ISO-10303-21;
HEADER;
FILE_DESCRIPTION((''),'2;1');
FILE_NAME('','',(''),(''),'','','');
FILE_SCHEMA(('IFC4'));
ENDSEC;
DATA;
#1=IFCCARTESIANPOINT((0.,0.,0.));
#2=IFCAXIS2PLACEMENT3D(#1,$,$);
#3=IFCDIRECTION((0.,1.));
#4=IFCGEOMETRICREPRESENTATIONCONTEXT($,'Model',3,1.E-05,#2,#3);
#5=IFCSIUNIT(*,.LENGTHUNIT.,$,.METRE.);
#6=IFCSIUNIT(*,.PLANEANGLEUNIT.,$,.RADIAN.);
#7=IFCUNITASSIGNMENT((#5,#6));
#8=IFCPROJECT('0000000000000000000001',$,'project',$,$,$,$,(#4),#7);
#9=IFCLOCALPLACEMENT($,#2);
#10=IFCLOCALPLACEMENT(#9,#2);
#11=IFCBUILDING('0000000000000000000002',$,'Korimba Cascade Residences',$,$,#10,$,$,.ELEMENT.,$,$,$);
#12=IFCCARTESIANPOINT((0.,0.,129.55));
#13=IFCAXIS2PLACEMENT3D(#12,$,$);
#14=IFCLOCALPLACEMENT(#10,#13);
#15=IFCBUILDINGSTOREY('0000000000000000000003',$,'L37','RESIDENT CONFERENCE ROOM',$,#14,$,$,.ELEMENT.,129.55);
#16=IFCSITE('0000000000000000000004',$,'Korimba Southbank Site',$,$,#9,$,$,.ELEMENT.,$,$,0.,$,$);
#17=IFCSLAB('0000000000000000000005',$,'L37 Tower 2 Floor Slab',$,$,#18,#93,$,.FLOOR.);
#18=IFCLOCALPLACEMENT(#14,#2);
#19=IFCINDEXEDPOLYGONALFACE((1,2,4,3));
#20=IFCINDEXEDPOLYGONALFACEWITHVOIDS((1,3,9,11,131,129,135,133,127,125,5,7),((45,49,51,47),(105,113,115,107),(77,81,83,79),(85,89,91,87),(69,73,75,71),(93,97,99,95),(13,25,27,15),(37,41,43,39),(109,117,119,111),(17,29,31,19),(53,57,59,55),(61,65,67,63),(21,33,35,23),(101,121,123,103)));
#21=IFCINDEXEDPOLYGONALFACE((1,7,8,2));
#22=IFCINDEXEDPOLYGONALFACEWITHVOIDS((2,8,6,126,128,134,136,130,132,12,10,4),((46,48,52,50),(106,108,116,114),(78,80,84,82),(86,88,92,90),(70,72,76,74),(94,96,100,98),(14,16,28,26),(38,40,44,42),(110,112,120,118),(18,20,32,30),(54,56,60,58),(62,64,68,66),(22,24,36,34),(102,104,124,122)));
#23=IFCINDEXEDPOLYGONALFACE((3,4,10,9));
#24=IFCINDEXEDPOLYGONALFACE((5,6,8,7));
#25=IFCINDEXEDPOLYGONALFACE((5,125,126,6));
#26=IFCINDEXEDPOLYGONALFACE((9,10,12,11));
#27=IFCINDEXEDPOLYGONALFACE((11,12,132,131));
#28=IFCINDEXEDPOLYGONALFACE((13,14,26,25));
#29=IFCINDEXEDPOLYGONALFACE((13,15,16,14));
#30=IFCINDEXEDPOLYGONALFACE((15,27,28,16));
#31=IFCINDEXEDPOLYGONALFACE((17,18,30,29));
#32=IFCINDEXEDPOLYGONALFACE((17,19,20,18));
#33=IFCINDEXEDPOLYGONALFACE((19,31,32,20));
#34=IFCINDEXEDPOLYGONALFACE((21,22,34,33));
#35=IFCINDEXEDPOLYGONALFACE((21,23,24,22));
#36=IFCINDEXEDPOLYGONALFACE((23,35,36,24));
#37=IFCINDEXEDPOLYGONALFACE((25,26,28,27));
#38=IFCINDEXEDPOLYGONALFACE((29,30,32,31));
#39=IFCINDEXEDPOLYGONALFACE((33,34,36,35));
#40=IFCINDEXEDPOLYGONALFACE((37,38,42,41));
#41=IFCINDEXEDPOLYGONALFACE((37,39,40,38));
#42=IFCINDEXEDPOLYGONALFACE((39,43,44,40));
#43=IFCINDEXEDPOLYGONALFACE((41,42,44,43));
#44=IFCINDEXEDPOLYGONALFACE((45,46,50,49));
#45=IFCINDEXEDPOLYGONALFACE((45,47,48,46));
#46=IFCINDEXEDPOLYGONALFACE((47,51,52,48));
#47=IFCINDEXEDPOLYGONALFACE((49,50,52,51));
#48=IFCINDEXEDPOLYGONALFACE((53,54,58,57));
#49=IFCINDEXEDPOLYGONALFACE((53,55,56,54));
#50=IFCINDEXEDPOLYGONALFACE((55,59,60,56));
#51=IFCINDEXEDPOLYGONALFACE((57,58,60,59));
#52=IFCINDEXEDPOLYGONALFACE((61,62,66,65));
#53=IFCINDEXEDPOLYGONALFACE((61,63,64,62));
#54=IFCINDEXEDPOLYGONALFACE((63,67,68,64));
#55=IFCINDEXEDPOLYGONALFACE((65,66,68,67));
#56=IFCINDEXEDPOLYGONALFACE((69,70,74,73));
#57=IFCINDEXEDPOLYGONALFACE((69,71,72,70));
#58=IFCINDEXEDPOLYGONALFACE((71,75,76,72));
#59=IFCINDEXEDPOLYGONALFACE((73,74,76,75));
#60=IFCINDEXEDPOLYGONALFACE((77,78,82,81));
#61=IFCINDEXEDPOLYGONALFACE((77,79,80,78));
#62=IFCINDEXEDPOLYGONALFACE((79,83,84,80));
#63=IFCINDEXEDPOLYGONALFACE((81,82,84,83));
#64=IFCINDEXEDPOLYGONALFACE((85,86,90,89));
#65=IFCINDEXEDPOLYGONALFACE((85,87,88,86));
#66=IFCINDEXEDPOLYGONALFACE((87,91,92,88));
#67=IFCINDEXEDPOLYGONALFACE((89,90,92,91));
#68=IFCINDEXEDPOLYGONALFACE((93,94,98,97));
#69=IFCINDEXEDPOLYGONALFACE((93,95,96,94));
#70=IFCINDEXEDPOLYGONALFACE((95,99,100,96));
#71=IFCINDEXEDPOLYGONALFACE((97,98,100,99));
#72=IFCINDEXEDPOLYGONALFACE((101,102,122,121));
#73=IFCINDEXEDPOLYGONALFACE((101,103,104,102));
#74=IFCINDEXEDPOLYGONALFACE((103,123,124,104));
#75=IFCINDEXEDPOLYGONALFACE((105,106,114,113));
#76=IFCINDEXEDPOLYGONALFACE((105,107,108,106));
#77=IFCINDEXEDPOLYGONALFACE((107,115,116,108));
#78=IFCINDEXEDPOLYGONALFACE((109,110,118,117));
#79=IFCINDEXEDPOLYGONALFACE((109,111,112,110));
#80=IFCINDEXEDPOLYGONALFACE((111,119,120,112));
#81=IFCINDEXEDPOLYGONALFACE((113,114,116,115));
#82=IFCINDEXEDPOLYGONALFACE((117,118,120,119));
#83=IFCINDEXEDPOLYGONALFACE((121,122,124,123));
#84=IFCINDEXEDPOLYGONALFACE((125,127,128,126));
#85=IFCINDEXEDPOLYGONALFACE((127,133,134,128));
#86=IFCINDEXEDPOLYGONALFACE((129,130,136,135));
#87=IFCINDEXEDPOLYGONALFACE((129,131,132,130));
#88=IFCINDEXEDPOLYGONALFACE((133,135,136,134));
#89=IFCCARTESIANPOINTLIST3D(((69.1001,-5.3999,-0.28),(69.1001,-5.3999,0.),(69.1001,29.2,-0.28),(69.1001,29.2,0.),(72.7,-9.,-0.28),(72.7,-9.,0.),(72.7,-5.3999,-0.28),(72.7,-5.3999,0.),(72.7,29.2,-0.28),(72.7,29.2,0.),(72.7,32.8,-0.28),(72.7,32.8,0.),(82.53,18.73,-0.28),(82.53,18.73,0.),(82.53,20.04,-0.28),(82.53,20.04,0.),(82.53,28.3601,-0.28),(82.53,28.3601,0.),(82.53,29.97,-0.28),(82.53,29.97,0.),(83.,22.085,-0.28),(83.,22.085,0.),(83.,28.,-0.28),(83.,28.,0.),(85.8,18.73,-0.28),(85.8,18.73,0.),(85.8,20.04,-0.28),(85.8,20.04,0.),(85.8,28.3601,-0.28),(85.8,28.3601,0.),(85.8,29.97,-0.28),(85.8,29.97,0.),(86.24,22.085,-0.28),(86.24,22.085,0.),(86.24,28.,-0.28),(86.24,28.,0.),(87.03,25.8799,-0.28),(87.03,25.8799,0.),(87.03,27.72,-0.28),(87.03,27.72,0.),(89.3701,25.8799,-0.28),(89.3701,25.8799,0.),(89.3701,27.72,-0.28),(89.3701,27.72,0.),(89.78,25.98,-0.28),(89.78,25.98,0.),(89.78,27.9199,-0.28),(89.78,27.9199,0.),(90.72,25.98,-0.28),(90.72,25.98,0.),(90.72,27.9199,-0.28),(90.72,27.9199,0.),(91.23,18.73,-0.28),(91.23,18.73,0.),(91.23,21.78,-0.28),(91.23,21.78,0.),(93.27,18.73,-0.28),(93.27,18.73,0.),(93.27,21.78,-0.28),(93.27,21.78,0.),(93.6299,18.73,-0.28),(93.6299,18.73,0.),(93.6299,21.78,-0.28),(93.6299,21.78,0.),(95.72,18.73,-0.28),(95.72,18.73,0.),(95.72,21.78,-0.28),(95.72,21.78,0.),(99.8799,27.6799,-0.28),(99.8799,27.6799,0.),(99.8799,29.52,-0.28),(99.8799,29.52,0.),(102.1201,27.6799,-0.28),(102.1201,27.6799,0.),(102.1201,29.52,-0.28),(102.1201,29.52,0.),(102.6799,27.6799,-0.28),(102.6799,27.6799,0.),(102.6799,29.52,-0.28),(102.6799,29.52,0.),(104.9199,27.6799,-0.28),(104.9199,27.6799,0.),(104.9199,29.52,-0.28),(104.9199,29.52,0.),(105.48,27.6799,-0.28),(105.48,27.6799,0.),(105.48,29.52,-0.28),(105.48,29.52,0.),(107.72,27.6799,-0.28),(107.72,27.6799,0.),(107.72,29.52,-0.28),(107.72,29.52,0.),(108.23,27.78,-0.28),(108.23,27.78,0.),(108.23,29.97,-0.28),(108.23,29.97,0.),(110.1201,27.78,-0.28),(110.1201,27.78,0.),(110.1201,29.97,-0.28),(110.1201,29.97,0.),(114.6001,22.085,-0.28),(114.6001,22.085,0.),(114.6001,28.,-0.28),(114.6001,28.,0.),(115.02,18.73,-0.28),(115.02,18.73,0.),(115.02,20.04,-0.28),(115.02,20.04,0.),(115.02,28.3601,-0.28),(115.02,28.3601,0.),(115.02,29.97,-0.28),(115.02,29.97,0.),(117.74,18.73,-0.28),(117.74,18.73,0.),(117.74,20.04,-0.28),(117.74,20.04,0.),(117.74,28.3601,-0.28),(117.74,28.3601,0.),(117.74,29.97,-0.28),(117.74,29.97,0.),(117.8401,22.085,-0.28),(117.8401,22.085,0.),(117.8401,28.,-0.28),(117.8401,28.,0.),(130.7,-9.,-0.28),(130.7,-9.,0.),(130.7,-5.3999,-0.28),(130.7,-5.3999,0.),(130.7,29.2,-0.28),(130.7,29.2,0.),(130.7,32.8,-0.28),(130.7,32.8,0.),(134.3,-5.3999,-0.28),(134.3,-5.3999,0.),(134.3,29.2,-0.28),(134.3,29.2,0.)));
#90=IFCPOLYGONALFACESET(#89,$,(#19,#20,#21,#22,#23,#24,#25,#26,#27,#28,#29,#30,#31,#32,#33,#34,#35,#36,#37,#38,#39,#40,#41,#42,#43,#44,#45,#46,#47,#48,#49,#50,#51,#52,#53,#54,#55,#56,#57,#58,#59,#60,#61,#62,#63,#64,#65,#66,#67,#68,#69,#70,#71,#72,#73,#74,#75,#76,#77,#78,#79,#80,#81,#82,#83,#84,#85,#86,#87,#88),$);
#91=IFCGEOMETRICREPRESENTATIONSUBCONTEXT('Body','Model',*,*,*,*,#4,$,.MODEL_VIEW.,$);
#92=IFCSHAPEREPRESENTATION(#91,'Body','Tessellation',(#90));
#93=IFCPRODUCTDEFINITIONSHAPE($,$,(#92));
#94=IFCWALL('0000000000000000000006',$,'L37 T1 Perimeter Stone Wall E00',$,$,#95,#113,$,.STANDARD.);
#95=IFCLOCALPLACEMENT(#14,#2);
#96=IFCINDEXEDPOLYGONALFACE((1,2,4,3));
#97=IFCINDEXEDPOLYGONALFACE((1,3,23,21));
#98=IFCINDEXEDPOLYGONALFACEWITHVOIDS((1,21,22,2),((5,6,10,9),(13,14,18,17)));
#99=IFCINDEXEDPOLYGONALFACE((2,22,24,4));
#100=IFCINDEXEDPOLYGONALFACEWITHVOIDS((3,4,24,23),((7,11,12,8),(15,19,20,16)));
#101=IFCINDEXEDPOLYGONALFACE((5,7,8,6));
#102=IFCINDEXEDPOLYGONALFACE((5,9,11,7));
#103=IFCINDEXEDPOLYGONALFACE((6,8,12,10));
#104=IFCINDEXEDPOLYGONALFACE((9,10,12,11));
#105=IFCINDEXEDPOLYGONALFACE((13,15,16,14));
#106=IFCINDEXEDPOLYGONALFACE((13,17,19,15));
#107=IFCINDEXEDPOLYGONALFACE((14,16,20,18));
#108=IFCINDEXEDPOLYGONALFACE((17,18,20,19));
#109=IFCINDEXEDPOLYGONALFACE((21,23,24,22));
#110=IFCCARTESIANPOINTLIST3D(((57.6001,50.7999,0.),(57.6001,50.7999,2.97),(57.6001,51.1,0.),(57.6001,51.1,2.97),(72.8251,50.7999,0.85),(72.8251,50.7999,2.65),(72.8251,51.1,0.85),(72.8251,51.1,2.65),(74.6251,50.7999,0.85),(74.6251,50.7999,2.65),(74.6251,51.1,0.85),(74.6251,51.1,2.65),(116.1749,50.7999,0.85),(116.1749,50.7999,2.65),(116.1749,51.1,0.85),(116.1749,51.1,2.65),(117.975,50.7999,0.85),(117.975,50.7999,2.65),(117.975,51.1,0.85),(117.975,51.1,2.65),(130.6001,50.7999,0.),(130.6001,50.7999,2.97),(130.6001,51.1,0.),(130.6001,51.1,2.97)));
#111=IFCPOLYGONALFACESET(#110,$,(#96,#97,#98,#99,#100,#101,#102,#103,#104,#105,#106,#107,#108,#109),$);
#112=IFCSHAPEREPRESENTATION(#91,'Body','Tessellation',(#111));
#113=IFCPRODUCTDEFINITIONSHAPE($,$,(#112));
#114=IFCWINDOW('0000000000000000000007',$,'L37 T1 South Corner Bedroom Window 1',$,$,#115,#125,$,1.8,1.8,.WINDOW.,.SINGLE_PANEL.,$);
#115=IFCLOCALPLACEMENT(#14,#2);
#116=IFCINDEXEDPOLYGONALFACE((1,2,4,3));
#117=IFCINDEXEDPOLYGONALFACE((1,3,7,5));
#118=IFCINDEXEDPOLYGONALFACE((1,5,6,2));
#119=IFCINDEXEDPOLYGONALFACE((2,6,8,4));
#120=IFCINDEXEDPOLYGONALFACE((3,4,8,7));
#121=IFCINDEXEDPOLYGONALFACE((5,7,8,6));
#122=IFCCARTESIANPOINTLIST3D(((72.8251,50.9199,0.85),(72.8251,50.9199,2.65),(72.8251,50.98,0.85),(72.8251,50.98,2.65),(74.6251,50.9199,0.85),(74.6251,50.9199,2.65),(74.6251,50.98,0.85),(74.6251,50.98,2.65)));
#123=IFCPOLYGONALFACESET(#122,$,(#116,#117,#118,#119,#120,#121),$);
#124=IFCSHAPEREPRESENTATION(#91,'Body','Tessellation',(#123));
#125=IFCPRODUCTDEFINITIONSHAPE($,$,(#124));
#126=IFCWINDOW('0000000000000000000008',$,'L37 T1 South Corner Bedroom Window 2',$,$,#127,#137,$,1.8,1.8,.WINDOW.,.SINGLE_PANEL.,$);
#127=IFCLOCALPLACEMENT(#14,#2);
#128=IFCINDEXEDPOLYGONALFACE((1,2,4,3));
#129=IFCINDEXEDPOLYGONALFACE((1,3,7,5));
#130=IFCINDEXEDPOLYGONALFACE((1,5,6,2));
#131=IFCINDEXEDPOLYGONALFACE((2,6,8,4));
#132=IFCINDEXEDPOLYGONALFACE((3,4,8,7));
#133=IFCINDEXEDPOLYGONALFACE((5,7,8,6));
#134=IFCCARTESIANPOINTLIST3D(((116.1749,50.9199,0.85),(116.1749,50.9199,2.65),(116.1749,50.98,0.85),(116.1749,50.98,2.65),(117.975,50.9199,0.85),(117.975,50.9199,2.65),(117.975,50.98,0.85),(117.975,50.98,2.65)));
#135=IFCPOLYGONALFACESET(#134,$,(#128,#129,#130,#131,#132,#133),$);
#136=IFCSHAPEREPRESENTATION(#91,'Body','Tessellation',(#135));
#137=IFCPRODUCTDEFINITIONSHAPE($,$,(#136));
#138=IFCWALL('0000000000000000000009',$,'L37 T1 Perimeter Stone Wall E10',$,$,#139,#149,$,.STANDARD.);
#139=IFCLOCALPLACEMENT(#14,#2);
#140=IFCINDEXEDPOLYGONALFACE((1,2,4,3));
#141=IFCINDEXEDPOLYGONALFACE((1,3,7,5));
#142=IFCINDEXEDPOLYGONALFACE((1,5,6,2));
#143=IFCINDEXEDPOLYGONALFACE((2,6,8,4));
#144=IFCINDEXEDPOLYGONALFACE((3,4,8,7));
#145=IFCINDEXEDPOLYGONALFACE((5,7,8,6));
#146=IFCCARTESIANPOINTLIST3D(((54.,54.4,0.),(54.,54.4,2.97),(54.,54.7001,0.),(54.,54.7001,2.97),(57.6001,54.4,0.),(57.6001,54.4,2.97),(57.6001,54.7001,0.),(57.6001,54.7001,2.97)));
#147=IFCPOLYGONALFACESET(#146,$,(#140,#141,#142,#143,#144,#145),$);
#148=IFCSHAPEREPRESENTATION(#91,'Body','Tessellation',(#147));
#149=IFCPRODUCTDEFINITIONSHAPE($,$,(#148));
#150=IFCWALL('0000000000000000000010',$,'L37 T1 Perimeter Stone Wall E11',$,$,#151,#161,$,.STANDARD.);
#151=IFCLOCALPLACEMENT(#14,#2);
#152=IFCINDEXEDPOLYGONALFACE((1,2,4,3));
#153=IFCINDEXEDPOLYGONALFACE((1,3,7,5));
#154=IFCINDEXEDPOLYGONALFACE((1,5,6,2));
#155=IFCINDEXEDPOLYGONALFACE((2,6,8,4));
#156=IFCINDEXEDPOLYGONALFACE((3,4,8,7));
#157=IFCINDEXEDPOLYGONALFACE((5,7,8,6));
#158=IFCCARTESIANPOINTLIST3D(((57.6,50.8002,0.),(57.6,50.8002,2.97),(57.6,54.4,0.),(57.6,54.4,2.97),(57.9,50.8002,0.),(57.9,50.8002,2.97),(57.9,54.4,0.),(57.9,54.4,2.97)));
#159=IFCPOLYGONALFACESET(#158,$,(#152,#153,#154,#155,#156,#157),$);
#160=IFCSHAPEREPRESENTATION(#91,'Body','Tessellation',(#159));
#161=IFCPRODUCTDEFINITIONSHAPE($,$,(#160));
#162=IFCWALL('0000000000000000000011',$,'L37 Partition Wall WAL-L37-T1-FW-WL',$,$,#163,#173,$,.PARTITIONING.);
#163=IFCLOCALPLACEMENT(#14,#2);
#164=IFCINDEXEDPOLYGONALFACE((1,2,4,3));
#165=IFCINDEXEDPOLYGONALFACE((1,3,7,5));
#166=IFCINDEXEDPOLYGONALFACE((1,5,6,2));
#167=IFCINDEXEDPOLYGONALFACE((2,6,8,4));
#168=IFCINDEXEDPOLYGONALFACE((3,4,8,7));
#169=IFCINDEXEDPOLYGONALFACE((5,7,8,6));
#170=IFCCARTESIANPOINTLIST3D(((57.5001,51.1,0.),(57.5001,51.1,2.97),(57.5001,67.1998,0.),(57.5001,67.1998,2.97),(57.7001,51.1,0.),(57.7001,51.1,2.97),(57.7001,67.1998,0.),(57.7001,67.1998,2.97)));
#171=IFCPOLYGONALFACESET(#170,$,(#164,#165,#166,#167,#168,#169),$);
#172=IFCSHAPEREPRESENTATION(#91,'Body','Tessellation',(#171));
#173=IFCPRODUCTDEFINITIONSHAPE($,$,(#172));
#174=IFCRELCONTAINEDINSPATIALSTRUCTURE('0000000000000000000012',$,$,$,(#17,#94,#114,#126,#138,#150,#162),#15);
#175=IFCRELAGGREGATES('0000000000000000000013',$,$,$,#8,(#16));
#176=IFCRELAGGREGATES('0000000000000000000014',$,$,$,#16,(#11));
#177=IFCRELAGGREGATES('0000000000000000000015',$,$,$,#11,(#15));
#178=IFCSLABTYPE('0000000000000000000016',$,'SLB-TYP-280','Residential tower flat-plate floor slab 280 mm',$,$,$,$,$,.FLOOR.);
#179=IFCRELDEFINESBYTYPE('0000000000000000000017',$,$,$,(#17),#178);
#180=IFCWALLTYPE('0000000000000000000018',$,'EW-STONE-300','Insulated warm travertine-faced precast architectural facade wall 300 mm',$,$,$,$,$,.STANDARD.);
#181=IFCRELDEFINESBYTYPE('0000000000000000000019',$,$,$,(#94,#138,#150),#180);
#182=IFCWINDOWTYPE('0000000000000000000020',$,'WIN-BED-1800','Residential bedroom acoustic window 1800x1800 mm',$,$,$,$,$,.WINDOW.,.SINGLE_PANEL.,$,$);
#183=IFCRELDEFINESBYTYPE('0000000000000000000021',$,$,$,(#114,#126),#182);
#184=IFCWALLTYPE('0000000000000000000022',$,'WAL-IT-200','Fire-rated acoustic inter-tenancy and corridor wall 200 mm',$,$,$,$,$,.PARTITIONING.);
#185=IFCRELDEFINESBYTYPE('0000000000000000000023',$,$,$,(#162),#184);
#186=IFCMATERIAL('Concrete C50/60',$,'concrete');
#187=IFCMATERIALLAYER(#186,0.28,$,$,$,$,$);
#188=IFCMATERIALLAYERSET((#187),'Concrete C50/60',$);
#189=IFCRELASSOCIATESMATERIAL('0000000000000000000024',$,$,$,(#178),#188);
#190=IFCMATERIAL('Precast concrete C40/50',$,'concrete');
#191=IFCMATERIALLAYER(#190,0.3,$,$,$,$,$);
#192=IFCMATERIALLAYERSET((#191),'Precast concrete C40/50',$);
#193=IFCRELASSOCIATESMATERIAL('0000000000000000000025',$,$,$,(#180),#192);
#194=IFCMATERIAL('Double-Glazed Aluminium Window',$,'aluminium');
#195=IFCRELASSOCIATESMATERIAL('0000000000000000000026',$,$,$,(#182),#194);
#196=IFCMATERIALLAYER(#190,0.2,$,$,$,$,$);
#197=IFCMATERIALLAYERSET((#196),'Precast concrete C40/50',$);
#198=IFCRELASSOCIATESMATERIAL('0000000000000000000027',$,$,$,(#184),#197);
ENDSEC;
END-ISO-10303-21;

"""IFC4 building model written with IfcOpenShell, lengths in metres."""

from ifc_helpers import new_model, si_unit, direction, frame, frame_2d, origin, place, context, subcontext, project, spatial, polyline, rectangle, outline, extrude, material, layer, layer_set, type_object, element, fill, save


model = new_model("IFC4")

# Units and contexts
model_context = context("Model", 3, precision=1e-05, world=origin(), true_north=direction((0.0, 1.0)))
body_context = subcontext(model_context, "Body", "Model", "MODEL_VIEW")
ifc_project = project(units=[si_unit("LENGTHUNIT", "METRE"), si_unit("PLANEANGLEUNIT", "RADIAN")], contexts=[model_context])

# Site, building, storey
site_placement = place(None, origin())
site = spatial("IfcSite", under=ifc_project, at=site_placement, Name="Korimba Southbank Site", CompositionType="ELEMENT", RefElevation=0.0)
building_placement = place(site_placement, origin())
building = spatial("IfcBuilding", under=site, at=building_placement, Name="Korimba Cascade Residences", CompositionType="ELEMENT")
storey_placement = place(building_placement, frame((0.0, 0.0, 129.55)))
storey = spatial("IfcBuildingStorey", under=building, at=storey_placement, Name="L37", Description="RESIDENT CONFERENCE ROOM", CompositionType="ELEMENT", Elevation=129.55)

# Shared definitions
ifc_material_1 = material(Name="Concrete C50/60", Category="concrete")

# Slab
ifc_material_2 = material(Name="Precast concrete C40/50", Category="concrete")
ifc_layer_1 = layer(ifc_material_1, 0.28)
ifc_layer_set_1 = layer_set([ifc_layer_1], Name="Concrete C50/60")
slab_type_1 = type_object("IfcSlabType", Name="SLB-TYP-280", Description="Residential tower flat-plate floor slab 280 mm", PredefinedType="FLOOR", material=ifc_layer_set_1)
slab_1_placement = place(storey_placement, frame((0.0, 0.0, -0.28)))
element("IfcSlab", 1, at=slab_1_placement, inside=storey, type_object=slab_type_1, Name="L37 Tower 2 Floor Slab", PredefinedType="FLOOR", context=body_context, shape_type="SweptSolid", body=[
    extrude(outline(polyline([(72.7, -9.0), (130.7, -9.0), (130.7, -5.3999), (134.3, -5.3999), (134.3, 29.2), (130.7, 29.2), (130.7, 32.8), (72.7, 32.8), (72.7, 29.2), (69.1001, 29.2), (69.1001, -5.3999), (72.7, -5.3999), (72.7, -9.0)]), holes=[polyline([(86.24, 22.085), (86.24, 28.0), (83.0, 28.0), (83.0, 22.085), (86.24, 22.085)]), polyline([(117.8401, 22.085), (117.8401, 28.0), (114.6001, 28.0), (114.6001, 22.085), (117.8401, 22.085)]), polyline([(87.03, 25.8799), (89.3701, 25.8799), (89.3701, 27.72), (87.03, 27.72), (87.03, 25.8799)]), polyline([(99.8799, 27.6799), (102.1201, 27.6799), (102.1201, 29.52), (99.8799, 29.52), (99.8799, 27.6799)]), polyline([(102.6799, 27.6799), (104.9199, 27.6799), (104.9199, 29.52), (102.6799, 29.52), (102.6799, 27.6799)]), polyline([(105.48, 27.6799), (107.72, 27.6799), (107.72, 29.52), (105.48, 29.52), (105.48, 27.6799)]), polyline([(89.78, 25.98), (90.72, 25.98), (90.72, 27.9199), (89.78, 27.9199), (89.78, 25.98)]), polyline([(82.53, 18.73), (85.8, 18.73), (85.8, 20.04), (82.53, 20.04), (82.53, 18.73)]), polyline([(82.53, 28.3601), (85.8, 28.3601), (85.8, 29.97), (82.53, 29.97), (82.53, 28.3601)]), polyline([(108.23, 27.78), (110.1201, 27.78), (110.1201, 29.97), (108.23, 29.97), (108.23, 27.78)]), polyline([(91.23, 18.73), (93.27, 18.73), (93.27, 21.78), (91.23, 21.78), (91.23, 18.73)]), polyline([(93.6299, 18.73), (95.72, 18.73), (95.72, 21.78), (93.6299, 21.78), (93.6299, 18.73)]), polyline([(115.02, 18.73), (117.74, 18.73), (117.74, 20.04), (115.02, 20.04), (115.02, 18.73)]), polyline([(115.02, 28.3601), (117.74, 28.3601), (117.74, 29.97), (115.02, 29.97), (115.02, 28.3601)])]), origin(), (0.0, 0.0, 1.0), 0.28),
])

# Wall, openings, windows
ifc_layer_2 = layer(ifc_material_2, 0.3)
ifc_layer_set_2 = layer_set([ifc_layer_2], Name="Precast concrete C40/50")
wall_type_1 = type_object("IfcWallType", Name="EW-STONE-300", Description="Insulated warm travertine-faced precast architectural facade wall 300 mm", PredefinedType="STANDARD", material=ifc_layer_set_2)
wall_1_placement = place(storey_placement, frame((57.6001, 50.95, 0.0), z_axis=(0.0, 0.0, 1.0), x_axis=(1.0, 0.0, 0.0)))
wall_1 = element("IfcWall", 2, at=wall_1_placement, inside=storey, type_object=wall_type_1, Name="L37 T1 Perimeter Stone Wall E00", PredefinedType="STANDARD", context=body_context, shape_type="SweptSolid", body=[
    extrude(rectangle(XDim=73.0, YDim=0.3, at=frame_2d((36.5, 0.0))), origin(), (0.0, 0.0, 1.0), 2.97),
])
opening_1_placement = place(wall_1_placement, frame((15.2251, 0.0, 0.8501)))
opening_1 = element("IfcOpeningElement", 3, at=opening_1_placement, cuts=wall_1, PredefinedType="OPENING", context=body_context, shape_type="SweptSolid", body=[
    extrude(rectangle(XDim=1.8, YDim=1.8, at=frame_2d((0.8999, 0.8999))), frame((0.0, 0.1602, 0.0), z_axis=(0.0, -1.0, 0.0), x_axis=(1.0, 0.0, 0.0)), (0.0, 0.0, 1.0), 0.3201),
])
opening_2_placement = place(wall_1_placement, frame((58.575, 0.0, 0.8501)))
opening_2 = element("IfcOpeningElement", 4, at=opening_2_placement, cuts=wall_1, PredefinedType="OPENING", context=body_context, shape_type="SweptSolid", body=[
    extrude(rectangle(XDim=1.8, YDim=1.8, at=frame_2d((0.8999, 0.8999))), frame((0.0, 0.1602, 0.0), z_axis=(0.0, -1.0, 0.0), x_axis=(1.0, 0.0, 0.0)), (0.0, 0.0, 1.0), 0.3201),
])
ifc_material_3 = material(Name="Double-Glazed Aluminium Window", Category="aluminium")
window_type = type_object("IfcWindowType", Name="WIN-BED-1800", Description="Residential bedroom acoustic window 1800x1800 mm", PartitioningType="SINGLE_PANEL", PredefinedType="WINDOW", material=ifc_material_3)
window_1_placement = place(opening_1_placement, origin())
window_1 = element("IfcWindow", 5, at=window_1_placement, inside=storey, type_object=window_type, Name="L37 T1 South Corner Bedroom Window 1", OverallHeight=1.8, OverallWidth=1.8, PartitioningType="SINGLE_PANEL", PredefinedType="WINDOW", context=body_context, shape_type="SweptSolid", body=[
    extrude(rectangle(XDim=1.8, YDim=1.8, at=frame_2d((0.8999, 0.8999))), frame((0.0, 0.03, 0.0), z_axis=(0.0, -1.0, 0.0), x_axis=(1.0, 0.0, 0.0)), (0.0, 0.0, 1.0), 0.0601),
])
fill(opening_1, window_1)
window_2_placement = place(opening_2_placement, origin())
window_2 = element("IfcWindow", 6, at=window_2_placement, inside=storey, type_object=window_type, Name="L37 T1 South Corner Bedroom Window 2", OverallHeight=1.8, OverallWidth=1.8, PartitioningType="SINGLE_PANEL", PredefinedType="WINDOW", context=body_context, shape_type="SweptSolid", body=[
    extrude(rectangle(XDim=1.8, YDim=1.8, at=frame_2d((0.8999, 0.8999))), frame((0.0, 0.03, 0.0), z_axis=(0.0, -1.0, 0.0), x_axis=(1.0, 0.0, 0.0)), (0.0, 0.0, 1.0), 0.0601),
])
fill(opening_2, window_2)

# Walls
wall_2_placement = place(storey_placement, frame((54.0, 54.55, 0.0), z_axis=(0.0, 0.0, 1.0), x_axis=(1.0, 0.0, 0.0)))
element("IfcWall", 7, at=wall_2_placement, inside=storey, type_object=wall_type_1, Name="L37 T1 Perimeter Stone Wall E10", PredefinedType="STANDARD", context=body_context, shape_type="SweptSolid", body=[
    extrude(rectangle(XDim=3.6001, YDim=0.3, at=frame_2d((1.8, 0.0))), origin(), (0.0, 0.0, 1.0), 2.97),
])
wall_3_placement = place(storey_placement, frame((57.75, 54.3999, 0.0), z_axis=(0.0, 0.0, 1.0), x_axis=(0.0, -1.0, 0.0)))
element("IfcWall", 8, at=wall_3_placement, inside=storey, type_object=wall_type_1, Name="L37 T1 Perimeter Stone Wall E11", PredefinedType="STANDARD", context=body_context, shape_type="SweptSolid", body=[
    extrude(rectangle(XDim=3.5999, YDim=0.3, at=frame_2d((1.7998, 0.0))), origin(), (0.0, 0.0, 1.0), 2.97),
])
ifc_layer_3 = layer(ifc_material_2, 0.2)
ifc_layer_set_3 = layer_set([ifc_layer_3], Name="Precast concrete C40/50")
wall_type_2 = type_object("IfcWallType", Name="WAL-IT-200", Description="Fire-rated acoustic inter-tenancy and corridor wall 200 mm", PredefinedType="PARTITIONING", material=ifc_layer_set_3)
wall_4_placement = place(storey_placement, frame((57.6001, 51.1001, 0.0), z_axis=(0.0, 0.0, 1.0), x_axis=(0.0, 1.0, 0.0)))
element("IfcWall", 9, at=wall_4_placement, inside=storey, type_object=wall_type_2, Name="L37 Partition Wall WAL-L37-T1-FW-WL", PredefinedType="PARTITIONING", context=body_context, shape_type="SweptSolid", body=[
    extrude(rectangle(XDim=16.0999, YDim=0.2, at=frame_2d((8.0498, 0.0))), origin(), (0.0, 0.0, 1.0), 2.97),
])

save(model, "model.ifc")
